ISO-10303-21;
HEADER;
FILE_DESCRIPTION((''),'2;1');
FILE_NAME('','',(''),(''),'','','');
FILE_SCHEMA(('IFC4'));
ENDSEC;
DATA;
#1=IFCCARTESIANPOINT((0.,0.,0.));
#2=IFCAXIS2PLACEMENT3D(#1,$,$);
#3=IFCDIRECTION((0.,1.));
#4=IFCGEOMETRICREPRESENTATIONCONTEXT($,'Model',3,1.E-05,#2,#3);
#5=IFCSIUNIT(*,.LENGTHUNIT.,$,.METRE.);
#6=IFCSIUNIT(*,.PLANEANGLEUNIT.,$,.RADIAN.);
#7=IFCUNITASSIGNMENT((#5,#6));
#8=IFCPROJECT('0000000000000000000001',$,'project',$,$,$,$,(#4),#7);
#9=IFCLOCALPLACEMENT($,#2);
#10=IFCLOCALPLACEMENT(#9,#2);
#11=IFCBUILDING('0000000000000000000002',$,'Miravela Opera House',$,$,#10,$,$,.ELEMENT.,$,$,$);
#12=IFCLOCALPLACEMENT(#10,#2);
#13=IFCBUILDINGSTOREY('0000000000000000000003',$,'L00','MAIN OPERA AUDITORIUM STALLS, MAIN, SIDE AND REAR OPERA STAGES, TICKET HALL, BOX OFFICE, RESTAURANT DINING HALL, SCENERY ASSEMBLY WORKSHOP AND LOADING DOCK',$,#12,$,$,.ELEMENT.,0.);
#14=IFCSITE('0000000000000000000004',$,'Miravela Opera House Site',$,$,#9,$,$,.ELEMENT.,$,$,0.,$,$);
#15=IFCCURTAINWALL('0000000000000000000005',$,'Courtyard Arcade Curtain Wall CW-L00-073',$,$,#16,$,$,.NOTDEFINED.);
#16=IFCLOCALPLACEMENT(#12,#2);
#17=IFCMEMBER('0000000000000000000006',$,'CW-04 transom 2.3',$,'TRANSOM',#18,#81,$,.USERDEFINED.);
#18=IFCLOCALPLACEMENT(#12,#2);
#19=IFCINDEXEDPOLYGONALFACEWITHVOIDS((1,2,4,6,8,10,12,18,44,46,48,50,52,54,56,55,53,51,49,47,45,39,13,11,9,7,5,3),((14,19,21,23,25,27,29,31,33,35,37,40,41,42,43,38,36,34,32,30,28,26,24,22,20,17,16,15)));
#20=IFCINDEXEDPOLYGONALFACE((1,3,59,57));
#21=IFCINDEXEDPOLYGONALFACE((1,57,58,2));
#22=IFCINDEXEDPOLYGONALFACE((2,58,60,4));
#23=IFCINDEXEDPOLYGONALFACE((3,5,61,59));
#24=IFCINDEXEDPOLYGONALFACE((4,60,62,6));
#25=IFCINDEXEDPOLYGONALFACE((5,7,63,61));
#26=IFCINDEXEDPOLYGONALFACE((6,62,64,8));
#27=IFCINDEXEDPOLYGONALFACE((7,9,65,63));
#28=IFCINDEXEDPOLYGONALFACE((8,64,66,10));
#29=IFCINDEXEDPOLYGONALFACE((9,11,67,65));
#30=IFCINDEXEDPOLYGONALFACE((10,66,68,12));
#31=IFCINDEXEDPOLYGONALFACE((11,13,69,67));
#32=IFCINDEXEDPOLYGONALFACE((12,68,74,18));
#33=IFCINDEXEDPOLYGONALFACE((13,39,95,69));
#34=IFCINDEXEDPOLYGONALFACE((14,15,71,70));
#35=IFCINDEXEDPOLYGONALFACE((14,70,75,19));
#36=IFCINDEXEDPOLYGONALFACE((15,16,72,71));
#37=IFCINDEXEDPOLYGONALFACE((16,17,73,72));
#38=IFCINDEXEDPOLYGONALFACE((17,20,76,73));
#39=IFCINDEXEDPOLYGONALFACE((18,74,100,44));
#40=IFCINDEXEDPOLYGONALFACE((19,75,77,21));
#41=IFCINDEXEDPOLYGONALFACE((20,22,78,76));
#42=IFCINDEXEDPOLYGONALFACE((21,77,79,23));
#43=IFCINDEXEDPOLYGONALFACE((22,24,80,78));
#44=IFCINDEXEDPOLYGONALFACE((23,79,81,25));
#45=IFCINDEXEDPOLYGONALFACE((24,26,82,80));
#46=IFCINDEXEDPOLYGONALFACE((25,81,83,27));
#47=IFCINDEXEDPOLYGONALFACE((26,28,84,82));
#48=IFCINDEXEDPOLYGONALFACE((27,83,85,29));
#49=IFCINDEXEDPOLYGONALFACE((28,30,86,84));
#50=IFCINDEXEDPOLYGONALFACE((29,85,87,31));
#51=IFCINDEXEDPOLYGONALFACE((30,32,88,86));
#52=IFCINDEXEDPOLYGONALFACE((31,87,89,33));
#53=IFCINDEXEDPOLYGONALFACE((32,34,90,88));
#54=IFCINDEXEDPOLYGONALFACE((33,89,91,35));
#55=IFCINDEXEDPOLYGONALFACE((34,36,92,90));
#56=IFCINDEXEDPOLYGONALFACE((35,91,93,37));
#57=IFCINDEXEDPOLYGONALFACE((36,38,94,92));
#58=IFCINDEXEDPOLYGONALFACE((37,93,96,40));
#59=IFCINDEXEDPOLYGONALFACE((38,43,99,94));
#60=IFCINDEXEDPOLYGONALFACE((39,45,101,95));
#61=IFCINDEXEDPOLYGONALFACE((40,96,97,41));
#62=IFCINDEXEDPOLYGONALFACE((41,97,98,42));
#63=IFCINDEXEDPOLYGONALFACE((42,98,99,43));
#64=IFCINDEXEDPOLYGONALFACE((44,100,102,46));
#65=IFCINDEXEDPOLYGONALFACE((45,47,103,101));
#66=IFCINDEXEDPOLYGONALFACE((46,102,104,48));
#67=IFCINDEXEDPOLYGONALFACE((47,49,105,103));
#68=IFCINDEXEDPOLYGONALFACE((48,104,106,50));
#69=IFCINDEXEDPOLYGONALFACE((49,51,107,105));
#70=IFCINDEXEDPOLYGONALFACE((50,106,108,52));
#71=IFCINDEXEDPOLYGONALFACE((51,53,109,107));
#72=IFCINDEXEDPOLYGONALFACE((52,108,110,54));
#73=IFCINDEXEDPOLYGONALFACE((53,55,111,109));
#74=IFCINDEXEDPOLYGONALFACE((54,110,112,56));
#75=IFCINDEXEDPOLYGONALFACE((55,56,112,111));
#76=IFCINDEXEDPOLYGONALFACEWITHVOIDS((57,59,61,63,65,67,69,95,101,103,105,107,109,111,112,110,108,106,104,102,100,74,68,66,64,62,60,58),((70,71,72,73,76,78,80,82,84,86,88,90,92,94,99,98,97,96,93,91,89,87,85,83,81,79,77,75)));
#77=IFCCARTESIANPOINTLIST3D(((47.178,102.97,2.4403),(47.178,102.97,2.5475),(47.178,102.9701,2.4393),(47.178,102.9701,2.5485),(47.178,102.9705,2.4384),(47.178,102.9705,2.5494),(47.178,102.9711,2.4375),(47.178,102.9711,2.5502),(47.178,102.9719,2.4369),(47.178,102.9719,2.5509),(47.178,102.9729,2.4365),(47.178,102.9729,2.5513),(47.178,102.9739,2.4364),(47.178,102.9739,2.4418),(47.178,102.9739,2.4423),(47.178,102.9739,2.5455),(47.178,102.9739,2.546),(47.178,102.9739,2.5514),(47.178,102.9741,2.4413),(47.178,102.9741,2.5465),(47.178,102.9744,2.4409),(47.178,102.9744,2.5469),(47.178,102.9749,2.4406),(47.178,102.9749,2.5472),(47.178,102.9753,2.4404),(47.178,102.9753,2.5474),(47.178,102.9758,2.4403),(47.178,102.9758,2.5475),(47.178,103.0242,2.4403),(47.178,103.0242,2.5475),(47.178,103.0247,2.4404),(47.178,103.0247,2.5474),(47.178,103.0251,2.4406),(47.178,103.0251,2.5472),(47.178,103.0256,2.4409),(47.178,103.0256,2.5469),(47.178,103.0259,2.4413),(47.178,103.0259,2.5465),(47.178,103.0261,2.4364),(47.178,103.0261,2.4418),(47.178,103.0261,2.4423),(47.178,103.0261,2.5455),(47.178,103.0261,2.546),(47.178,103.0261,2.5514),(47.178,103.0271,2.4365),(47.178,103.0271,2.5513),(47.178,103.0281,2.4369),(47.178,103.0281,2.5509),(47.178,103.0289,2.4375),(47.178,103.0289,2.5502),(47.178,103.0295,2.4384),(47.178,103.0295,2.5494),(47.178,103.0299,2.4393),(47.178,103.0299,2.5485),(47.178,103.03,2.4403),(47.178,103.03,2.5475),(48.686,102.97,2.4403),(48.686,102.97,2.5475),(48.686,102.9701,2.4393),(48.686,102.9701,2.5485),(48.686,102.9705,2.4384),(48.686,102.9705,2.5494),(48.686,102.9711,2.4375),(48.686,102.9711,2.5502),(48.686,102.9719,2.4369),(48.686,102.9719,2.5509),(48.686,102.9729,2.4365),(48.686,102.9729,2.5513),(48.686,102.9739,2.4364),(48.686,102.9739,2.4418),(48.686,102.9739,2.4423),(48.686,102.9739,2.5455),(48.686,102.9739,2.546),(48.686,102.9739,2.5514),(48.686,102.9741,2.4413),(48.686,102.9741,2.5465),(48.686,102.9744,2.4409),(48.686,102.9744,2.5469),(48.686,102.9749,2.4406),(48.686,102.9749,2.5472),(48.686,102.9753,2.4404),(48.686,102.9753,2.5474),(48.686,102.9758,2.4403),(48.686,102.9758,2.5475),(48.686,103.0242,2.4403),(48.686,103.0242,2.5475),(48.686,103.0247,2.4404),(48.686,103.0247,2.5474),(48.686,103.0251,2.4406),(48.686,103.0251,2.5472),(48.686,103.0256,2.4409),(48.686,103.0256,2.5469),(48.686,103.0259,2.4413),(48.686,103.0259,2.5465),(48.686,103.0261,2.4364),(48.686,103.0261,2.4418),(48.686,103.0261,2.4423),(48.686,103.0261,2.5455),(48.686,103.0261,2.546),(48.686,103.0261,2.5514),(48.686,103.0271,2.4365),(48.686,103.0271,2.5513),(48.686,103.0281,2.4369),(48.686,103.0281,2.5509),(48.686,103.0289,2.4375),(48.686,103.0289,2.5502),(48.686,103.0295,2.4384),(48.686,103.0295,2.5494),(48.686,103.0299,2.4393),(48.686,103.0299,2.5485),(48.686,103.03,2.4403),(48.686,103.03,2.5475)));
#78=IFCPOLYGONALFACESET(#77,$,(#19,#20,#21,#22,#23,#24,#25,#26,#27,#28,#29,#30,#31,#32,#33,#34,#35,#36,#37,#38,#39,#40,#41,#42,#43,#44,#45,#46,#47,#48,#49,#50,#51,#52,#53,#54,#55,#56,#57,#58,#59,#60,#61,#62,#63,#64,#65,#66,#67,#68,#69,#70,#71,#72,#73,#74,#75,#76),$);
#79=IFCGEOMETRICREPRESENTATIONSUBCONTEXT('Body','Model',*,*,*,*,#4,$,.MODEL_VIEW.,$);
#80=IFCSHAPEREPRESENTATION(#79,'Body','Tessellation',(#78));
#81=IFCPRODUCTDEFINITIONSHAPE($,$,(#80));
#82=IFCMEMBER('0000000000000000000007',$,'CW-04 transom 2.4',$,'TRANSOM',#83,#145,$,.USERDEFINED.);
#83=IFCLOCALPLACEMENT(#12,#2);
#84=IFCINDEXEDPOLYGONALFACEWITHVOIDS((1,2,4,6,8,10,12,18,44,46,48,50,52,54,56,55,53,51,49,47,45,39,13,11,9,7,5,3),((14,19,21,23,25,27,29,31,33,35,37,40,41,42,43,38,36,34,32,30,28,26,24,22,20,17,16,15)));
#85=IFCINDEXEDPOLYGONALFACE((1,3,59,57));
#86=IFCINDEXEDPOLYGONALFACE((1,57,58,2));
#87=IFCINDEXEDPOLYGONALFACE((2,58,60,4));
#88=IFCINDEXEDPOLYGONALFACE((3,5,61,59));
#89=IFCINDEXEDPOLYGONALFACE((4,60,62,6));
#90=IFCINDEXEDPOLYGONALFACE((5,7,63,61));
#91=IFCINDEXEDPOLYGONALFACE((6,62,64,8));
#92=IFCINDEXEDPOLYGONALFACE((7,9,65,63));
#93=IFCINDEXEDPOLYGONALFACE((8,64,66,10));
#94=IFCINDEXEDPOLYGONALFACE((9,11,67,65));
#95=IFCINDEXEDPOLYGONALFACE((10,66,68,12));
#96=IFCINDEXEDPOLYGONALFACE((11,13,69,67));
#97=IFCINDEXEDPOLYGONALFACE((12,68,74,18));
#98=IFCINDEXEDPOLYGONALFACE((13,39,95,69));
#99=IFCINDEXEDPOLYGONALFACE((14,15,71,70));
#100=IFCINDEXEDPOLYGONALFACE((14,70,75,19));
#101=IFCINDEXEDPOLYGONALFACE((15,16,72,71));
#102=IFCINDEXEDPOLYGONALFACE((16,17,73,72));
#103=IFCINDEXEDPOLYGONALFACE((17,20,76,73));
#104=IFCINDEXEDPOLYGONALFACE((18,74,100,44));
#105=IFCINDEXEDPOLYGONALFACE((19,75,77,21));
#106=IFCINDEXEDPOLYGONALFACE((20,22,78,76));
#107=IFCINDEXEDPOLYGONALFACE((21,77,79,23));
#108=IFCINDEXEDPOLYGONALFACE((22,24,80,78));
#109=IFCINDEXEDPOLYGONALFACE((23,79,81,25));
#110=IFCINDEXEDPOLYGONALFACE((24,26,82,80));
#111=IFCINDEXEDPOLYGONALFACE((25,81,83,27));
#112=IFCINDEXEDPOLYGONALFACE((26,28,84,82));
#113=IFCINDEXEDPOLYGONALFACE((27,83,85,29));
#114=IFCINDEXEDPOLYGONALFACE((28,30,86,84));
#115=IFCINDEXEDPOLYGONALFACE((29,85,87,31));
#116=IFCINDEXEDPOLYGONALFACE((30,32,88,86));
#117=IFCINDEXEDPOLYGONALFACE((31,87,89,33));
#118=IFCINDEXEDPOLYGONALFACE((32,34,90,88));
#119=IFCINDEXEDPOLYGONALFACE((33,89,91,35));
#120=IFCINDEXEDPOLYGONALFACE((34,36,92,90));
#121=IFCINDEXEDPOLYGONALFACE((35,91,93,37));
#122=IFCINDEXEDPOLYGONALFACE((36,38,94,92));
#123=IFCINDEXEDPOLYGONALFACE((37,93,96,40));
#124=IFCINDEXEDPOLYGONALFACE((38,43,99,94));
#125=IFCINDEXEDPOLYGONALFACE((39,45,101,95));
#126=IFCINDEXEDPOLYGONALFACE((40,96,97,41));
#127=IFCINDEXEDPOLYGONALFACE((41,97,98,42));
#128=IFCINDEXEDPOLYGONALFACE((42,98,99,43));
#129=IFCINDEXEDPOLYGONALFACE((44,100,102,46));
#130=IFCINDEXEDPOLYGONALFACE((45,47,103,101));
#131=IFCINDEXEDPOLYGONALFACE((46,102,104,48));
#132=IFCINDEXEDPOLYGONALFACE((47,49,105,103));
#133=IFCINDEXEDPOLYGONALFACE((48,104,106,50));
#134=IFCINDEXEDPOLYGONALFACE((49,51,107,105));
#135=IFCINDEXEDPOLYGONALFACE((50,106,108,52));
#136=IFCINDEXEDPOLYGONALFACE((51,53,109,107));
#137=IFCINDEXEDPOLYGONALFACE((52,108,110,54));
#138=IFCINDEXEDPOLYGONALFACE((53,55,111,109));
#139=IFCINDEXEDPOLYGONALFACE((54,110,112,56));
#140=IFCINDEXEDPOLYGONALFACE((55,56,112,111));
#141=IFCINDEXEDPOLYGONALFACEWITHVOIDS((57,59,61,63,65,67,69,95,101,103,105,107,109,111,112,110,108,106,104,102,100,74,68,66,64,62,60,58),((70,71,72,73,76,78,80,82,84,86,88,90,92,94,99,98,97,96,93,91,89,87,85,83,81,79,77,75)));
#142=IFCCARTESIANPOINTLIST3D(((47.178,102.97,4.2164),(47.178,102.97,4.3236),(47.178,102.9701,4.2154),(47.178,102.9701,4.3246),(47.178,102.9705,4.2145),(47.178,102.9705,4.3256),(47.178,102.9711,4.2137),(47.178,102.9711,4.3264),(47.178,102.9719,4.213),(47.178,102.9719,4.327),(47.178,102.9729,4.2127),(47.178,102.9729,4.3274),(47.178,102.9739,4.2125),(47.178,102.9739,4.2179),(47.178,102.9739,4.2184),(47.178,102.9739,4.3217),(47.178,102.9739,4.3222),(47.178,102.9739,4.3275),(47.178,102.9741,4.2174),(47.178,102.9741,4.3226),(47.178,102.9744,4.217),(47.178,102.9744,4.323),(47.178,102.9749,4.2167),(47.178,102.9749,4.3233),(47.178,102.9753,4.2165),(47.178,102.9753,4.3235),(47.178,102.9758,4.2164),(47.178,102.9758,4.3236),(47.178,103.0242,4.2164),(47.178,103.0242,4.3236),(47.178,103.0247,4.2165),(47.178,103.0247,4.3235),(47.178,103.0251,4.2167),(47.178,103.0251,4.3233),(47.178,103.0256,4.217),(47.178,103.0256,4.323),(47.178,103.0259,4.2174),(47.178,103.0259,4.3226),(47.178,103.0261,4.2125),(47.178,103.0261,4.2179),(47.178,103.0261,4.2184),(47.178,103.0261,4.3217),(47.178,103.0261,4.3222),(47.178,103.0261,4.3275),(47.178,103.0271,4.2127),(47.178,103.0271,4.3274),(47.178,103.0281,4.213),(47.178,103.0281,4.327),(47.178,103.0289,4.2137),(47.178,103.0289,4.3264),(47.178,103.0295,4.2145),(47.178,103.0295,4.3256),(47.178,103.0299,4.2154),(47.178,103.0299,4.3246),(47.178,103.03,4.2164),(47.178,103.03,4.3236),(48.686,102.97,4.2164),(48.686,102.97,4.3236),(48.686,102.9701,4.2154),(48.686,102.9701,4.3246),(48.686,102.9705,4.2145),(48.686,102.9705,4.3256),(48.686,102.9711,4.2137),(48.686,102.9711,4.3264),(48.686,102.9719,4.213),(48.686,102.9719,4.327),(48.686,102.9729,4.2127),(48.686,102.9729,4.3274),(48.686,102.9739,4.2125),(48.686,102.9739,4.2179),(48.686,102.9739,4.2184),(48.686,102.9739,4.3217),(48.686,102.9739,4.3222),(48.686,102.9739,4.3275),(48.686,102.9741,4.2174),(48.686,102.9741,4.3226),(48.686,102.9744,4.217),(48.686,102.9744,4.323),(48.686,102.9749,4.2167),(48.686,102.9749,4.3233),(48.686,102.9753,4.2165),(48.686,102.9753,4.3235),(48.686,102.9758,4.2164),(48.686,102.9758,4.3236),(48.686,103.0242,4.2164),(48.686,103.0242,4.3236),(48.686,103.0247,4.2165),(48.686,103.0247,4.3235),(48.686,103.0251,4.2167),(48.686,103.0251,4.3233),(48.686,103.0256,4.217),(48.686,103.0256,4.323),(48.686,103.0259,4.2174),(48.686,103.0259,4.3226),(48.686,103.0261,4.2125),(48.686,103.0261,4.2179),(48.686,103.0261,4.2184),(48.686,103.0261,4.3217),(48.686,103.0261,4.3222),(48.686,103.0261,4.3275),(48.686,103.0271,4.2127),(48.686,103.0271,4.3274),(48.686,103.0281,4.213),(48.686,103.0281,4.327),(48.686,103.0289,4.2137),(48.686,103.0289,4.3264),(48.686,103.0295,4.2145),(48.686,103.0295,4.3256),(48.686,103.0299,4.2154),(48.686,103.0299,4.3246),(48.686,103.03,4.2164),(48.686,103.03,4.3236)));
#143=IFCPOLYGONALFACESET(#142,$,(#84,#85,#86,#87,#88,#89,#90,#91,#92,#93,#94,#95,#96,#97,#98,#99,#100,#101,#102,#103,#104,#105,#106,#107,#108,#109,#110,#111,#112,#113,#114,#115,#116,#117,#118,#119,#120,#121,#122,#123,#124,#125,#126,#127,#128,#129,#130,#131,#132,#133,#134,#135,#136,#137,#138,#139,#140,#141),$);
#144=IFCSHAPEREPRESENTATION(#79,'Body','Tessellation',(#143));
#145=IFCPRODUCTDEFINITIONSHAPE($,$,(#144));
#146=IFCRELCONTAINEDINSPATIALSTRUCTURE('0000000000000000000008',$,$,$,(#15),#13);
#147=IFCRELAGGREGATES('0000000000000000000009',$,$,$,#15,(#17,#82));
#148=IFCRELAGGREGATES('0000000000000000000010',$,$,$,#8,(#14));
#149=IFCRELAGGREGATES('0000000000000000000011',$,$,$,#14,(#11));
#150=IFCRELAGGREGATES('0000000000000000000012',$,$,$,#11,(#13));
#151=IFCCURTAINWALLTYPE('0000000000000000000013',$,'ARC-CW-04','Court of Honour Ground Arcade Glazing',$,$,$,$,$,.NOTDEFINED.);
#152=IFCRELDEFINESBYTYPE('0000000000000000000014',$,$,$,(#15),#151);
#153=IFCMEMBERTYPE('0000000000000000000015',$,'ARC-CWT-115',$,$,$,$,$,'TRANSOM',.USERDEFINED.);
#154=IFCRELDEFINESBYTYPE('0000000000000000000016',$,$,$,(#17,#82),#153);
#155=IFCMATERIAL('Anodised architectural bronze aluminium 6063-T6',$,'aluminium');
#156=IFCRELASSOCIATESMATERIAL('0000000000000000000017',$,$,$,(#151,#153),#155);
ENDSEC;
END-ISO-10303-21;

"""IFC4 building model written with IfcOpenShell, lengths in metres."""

from ifc_helpers import new_model, si_unit, direction, frame, origin, origin_2d, place, context, subcontext, project, spatial, hollow_rectangle, extrude, material, material_profile, profile_set, type_object, element, aggregate, save


model = new_model("IFC4")

# Units and contexts
model_context = context("Model", 3, precision=1e-05, world=origin(), true_north=direction((0.0, 1.0)))
body_context = subcontext(model_context, "Body", "Model", "MODEL_VIEW")
ifc_project = project(units=[si_unit("LENGTHUNIT", "METRE"), si_unit("PLANEANGLEUNIT", "RADIAN")], contexts=[model_context])

# Site, building, storey
site_placement = place(None, origin())
site = spatial("IfcSite", under=ifc_project, at=site_placement, Name="Miravela Opera House Site", CompositionType="ELEMENT", RefElevation=0.0)
building_placement = place(site_placement, origin())
building = spatial("IfcBuilding", under=site, at=building_placement, Name="Miravela Opera House", CompositionType="ELEMENT")
storey_placement = place(building_placement, origin())
storey = spatial("IfcBuildingStorey", under=building, at=storey_placement, Name="L00", Description="MAIN OPERA AUDITORIUM STALLS, MAIN, SIDE AND REAR OPERA STAGES, TICKET HALL, BOX OFFICE, RESTAURANT DINING HALL, SCENERY ASSEMBLY WORKSHOP AND LOADING DOCK", CompositionType="ELEMENT", Elevation=0.0)

# Curtain wall, members
ifc_material_1 = material(Name="Anodised architectural bronze aluminium 6063-T6", Category="aluminium")
curtain_wall_type = type_object("IfcCurtainWallType", Name="ARC-CW-04", Description="Court of Honour Ground Arcade Glazing", PredefinedType="NOTDEFINED", material=ifc_material_1)
curtain_wall_placement = place(storey_placement, origin())
curtain_wall = element("IfcCurtainWall", 1, at=curtain_wall_placement, inside=storey, type_object=curtain_wall_type, Name="Courtyard Arcade Curtain Wall CW-L00-073", PredefinedType="NOTDEFINED")
ifc_material_profile_1 = material_profile(ifc_material_1, hollow_rectangle(XDim=0.0601, YDim=0.115, WallThickness=0.0039, InnerFilletRadius=0.002, OuterFilletRadius=0.0039, at=origin_2d()), Name="CWT-60X115")
ifc_profile_set_1 = profile_set([ifc_material_profile_1])
member_type_1 = type_object("IfcMemberType", Name="ARC-CWT-115", ElementType="TRANSOM", PredefinedType="USERDEFINED", material=ifc_profile_set_1)
member_1_placement = place(storey_placement, frame((47.178, 103.0, 2.4939), z_axis=(1.0, 0.0, 0.0), x_axis=(0.0, 1.0, 0.0)))
member_1 = element("IfcMember", 2, at=member_1_placement, type_object=member_type_1, Name="CW-04 transom 2.3", ObjectType="TRANSOM", PredefinedType="USERDEFINED", context=body_context, shape_type="SweptSolid", body=[
    extrude(hollow_rectangle(XDim=0.0601, YDim=0.115, WallThickness=0.0039, InnerFilletRadius=0.002, OuterFilletRadius=0.0039, at=origin_2d()), origin(), (0.0, 0.0, 1.0), 1.5081),
])
member_2_placement = place(storey_placement, frame((47.178, 103.0, 4.27), z_axis=(1.0, 0.0, 0.0), x_axis=(0.0, 1.0, 0.0)))
member_2 = element("IfcMember", 3, at=member_2_placement, type_object=member_type_1, Name="CW-04 transom 2.4", ObjectType="TRANSOM", PredefinedType="USERDEFINED", context=body_context, shape_type="SweptSolid", body=[
    extrude(hollow_rectangle(XDim=0.0601, YDim=0.115, WallThickness=0.0039, InnerFilletRadius=0.002, OuterFilletRadius=0.0039, at=origin_2d()), origin(), (0.0, 0.0, 1.0), 1.5081),
])
aggregate(curtain_wall, [member_1, member_2])

save(model, "model.ifc")
